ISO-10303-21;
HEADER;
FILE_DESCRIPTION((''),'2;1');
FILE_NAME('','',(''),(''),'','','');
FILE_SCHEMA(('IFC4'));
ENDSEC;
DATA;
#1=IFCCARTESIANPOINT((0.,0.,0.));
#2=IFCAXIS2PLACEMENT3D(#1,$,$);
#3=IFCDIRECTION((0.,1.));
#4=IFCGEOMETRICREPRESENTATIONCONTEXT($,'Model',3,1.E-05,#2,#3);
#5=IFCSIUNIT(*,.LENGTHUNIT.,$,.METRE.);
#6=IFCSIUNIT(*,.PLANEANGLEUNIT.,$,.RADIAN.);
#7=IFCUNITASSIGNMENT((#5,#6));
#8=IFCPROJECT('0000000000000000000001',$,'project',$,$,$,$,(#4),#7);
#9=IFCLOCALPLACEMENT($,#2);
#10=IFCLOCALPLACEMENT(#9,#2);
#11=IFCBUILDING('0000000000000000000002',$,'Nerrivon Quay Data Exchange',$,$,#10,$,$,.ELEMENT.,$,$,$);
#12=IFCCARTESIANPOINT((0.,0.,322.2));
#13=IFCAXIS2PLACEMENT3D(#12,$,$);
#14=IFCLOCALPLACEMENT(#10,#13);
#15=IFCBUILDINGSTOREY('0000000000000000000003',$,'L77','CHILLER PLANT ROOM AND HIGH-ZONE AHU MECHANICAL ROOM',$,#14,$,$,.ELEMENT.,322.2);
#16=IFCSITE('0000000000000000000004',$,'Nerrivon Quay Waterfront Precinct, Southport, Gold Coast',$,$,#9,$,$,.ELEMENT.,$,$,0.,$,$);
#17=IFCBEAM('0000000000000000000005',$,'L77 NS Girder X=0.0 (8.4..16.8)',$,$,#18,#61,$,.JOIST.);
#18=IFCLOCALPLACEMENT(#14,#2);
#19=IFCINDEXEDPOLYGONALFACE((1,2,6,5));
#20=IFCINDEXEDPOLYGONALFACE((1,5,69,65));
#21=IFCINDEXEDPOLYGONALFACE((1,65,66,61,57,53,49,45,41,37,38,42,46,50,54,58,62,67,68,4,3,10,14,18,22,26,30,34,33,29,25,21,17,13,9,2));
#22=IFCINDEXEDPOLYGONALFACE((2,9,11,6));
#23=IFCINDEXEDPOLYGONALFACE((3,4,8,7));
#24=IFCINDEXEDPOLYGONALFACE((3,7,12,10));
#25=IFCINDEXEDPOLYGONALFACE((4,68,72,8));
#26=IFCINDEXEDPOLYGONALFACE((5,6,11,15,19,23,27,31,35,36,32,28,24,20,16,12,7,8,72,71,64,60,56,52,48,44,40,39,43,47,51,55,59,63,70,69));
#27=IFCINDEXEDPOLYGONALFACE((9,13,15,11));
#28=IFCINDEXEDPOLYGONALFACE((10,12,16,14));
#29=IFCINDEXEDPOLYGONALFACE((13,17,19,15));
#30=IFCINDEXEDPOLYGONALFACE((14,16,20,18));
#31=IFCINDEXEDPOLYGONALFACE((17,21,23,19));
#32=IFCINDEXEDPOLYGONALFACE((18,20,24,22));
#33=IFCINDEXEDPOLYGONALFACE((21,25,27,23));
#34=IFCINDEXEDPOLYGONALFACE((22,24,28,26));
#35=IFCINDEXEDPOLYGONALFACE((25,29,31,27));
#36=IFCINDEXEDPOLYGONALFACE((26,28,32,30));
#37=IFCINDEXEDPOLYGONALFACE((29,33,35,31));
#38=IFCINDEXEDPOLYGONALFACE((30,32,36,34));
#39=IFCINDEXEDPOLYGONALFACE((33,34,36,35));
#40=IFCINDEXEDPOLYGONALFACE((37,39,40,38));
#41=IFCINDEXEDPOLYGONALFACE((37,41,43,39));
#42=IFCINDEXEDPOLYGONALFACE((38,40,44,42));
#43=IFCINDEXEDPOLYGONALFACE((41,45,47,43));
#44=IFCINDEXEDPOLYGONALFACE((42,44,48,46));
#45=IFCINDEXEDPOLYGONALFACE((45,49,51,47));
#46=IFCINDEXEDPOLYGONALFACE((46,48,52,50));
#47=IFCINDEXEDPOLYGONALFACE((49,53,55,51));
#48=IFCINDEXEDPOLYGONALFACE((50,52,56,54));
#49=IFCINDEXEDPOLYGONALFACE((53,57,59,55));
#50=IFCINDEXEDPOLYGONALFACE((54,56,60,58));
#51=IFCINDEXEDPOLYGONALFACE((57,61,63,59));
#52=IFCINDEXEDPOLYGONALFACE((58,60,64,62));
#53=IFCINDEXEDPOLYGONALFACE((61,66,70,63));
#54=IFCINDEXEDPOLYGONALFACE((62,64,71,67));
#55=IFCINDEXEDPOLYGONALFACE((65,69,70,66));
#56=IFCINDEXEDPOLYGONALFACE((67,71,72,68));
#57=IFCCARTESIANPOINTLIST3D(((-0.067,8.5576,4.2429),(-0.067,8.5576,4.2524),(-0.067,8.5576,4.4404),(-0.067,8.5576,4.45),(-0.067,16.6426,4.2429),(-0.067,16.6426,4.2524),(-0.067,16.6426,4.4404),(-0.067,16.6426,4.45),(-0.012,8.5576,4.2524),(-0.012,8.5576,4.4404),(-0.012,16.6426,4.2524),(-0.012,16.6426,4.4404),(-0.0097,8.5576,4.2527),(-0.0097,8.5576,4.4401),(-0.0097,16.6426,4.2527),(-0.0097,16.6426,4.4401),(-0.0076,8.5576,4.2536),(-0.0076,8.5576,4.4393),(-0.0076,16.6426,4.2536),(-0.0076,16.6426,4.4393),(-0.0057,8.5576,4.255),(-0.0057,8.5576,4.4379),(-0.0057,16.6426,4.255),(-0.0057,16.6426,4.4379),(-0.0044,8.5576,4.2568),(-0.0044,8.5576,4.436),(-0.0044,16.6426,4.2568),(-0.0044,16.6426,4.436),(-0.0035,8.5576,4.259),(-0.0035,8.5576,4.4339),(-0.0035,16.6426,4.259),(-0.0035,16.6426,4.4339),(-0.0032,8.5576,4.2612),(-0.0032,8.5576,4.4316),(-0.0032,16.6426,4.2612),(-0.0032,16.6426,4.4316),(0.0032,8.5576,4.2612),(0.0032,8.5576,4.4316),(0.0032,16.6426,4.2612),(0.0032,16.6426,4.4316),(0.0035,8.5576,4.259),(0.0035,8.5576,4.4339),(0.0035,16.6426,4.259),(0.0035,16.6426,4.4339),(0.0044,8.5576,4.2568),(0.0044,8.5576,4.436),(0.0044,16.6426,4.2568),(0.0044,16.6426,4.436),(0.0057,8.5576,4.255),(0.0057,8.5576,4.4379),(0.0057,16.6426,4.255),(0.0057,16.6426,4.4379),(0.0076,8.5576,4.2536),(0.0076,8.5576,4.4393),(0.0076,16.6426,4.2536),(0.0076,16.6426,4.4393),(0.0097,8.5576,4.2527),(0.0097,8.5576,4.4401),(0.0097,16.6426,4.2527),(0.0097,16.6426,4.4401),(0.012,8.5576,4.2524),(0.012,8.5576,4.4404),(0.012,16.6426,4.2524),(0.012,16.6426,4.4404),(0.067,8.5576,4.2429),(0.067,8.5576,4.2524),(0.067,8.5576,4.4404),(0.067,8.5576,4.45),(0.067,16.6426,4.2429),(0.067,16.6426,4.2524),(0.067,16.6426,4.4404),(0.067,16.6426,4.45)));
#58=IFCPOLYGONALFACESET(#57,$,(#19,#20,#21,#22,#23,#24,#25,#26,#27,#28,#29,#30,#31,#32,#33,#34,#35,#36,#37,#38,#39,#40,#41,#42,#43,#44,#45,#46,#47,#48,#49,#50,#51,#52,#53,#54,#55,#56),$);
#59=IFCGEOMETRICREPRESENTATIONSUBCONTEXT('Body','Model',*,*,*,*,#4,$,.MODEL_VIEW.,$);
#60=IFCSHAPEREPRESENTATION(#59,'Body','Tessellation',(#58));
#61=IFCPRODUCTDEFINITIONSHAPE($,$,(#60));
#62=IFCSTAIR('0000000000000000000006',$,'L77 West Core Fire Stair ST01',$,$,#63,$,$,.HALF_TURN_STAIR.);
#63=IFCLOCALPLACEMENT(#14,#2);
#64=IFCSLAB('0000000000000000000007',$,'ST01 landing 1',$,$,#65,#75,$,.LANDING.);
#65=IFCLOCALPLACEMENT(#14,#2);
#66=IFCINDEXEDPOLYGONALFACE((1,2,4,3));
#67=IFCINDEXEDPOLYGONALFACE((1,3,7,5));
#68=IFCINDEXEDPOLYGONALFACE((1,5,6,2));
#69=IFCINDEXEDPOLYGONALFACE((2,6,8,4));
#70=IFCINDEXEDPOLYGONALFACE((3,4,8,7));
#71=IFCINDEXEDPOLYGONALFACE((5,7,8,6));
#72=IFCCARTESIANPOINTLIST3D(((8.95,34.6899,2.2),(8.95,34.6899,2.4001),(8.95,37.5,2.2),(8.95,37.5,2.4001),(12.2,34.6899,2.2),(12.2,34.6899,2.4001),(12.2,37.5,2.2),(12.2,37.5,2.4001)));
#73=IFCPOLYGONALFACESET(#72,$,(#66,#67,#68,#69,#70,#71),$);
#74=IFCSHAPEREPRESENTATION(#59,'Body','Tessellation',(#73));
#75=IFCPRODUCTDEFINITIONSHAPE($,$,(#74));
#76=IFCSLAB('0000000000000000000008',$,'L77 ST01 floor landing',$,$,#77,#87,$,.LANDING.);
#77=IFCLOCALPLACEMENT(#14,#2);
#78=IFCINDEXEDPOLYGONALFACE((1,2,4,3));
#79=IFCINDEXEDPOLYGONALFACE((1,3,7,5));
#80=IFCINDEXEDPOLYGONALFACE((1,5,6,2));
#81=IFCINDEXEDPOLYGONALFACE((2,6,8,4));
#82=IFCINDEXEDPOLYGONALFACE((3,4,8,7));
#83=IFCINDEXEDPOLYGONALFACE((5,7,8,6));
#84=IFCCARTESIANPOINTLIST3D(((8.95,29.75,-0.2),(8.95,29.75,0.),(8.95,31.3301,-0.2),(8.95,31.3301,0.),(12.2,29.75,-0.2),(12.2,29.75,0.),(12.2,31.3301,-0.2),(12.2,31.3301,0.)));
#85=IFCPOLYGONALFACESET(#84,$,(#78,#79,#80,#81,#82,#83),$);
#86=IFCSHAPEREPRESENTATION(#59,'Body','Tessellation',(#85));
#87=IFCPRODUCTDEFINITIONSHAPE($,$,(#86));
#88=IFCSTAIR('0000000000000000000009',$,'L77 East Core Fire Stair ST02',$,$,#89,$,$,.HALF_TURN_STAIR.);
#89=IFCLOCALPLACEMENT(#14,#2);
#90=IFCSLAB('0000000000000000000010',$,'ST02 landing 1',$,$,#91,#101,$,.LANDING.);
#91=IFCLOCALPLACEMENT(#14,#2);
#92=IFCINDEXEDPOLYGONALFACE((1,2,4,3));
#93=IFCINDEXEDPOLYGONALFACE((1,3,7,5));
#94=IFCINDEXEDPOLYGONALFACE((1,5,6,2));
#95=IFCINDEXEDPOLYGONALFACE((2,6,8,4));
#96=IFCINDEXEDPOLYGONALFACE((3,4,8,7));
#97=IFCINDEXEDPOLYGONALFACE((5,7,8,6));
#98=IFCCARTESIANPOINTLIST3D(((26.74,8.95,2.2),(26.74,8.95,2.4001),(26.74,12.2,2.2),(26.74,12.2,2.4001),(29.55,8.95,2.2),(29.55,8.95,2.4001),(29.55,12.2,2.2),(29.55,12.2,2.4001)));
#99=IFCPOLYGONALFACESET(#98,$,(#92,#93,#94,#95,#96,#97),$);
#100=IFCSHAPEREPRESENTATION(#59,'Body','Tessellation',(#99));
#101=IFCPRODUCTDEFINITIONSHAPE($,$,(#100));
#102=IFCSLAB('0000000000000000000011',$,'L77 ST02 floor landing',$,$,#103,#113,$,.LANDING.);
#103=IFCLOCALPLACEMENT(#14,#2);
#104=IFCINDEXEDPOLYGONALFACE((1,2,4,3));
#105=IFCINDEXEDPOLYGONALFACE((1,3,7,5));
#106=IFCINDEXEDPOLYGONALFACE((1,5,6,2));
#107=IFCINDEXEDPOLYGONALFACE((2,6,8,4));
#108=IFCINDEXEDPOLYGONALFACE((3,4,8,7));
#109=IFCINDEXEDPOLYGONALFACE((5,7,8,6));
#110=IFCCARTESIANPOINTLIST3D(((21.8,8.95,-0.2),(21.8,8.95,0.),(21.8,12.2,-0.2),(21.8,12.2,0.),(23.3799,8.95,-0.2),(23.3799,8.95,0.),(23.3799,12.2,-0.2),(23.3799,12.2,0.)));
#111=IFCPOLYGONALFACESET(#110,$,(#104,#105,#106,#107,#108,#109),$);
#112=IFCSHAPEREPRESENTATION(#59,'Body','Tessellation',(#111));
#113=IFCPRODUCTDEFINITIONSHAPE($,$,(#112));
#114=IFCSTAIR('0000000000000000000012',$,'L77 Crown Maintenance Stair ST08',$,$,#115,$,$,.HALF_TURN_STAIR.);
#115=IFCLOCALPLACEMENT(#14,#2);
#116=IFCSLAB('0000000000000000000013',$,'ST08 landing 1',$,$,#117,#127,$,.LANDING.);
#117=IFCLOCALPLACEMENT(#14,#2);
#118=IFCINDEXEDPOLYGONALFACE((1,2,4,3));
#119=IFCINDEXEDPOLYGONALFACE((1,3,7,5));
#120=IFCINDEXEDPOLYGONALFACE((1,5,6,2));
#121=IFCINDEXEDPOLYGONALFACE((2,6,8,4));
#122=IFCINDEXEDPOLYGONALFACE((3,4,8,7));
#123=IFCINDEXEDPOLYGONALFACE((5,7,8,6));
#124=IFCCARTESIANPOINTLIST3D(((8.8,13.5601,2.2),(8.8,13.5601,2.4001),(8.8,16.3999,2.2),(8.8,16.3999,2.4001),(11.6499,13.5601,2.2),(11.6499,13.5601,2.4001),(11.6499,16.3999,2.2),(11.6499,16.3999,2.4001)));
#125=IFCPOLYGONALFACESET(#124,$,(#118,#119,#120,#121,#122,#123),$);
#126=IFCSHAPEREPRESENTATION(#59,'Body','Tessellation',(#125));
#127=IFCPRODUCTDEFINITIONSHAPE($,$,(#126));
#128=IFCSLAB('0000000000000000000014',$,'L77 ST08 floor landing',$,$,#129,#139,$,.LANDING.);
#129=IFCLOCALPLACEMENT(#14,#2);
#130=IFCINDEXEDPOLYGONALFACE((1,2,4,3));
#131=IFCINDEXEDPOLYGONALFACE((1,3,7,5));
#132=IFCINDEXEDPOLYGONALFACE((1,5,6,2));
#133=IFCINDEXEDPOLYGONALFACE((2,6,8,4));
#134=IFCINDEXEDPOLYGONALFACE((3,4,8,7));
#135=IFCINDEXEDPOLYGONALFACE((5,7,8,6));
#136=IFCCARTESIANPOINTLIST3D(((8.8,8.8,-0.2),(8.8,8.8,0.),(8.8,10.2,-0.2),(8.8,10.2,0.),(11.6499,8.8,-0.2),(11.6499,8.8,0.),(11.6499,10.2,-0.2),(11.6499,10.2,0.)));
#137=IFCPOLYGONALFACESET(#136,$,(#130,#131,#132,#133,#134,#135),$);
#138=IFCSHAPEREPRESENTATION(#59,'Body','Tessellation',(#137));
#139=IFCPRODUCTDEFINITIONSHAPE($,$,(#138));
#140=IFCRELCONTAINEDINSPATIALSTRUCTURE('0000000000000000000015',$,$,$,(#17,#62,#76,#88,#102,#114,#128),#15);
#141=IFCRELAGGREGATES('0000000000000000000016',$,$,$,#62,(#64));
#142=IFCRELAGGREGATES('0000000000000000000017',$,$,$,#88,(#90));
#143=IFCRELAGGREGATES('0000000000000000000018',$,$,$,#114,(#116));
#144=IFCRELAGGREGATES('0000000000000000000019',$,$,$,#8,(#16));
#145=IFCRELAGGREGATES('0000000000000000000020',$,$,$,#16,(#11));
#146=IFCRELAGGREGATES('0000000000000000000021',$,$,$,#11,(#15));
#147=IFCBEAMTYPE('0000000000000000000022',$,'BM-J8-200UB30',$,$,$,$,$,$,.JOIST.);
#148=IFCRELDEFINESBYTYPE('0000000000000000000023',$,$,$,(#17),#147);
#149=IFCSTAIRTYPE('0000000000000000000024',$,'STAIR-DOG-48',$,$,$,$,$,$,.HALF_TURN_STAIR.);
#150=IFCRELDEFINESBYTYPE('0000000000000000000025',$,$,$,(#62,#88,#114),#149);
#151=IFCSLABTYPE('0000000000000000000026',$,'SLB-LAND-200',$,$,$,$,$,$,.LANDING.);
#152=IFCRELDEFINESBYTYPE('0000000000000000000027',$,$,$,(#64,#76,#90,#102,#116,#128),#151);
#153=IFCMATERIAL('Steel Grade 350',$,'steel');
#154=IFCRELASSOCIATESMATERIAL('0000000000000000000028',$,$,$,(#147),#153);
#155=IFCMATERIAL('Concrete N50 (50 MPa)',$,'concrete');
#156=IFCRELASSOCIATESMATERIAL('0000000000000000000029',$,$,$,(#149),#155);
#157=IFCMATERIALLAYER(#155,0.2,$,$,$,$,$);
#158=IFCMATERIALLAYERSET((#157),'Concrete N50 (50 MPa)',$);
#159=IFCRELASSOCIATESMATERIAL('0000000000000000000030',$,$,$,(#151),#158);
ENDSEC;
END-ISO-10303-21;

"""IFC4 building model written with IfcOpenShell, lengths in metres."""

from ifc_helpers import new_model, si_unit, direction, frame, origin, origin_2d, place, context, subcontext, project, spatial, polyline, i_section, outline, extrude, material, layer, layer_set, material_profile, profile_set, type_object, element, aggregate, save


model = new_model("IFC4")

# Units and contexts
model_context = context("Model", 3, precision=1e-05, world=origin(), true_north=direction((0.0, 1.0)))
body_context = subcontext(model_context, "Body", "Model", "MODEL_VIEW")
ifc_project = project(units=[si_unit("LENGTHUNIT", "METRE"), si_unit("PLANEANGLEUNIT", "RADIAN")], contexts=[model_context])

# Site, building, storey
site_placement = place(None, origin())
site = spatial("IfcSite", under=ifc_project, at=site_placement, Name="Nerrivon Quay Waterfront Precinct, Southport, Gold Coast", CompositionType="ELEMENT", RefElevation=0.0)
building_placement = place(site_placement, origin())
building = spatial("IfcBuilding", under=site, at=building_placement, Name="Nerrivon Quay Data Exchange", CompositionType="ELEMENT")
storey_placement = place(building_placement, frame((0.0, 0.0, 322.2)))
storey = spatial("IfcBuildingStorey", under=building, at=storey_placement, Name="L77", Description="CHILLER PLANT ROOM AND HIGH-ZONE AHU MECHANICAL ROOM", CompositionType="ELEMENT", Elevation=322.2)

# Shared definitions
ifc_material_1 = material(Name="Steel Grade 350", Category="steel")

# Beam
ifc_material_profile_1 = material_profile(ifc_material_1, i_section(OverallWidth=0.134, OverallDepth=0.207, WebThickness=0.0063, FlangeThickness=0.0095, FilletRadius=0.0088, at=origin_2d()), Name="200UB29.8")
ifc_profile_set_1 = profile_set([ifc_material_profile_1], Name="Steel Grade 350")
beam_type_1 = type_object("IfcBeamType", Name="BM-J8-200UB30", PredefinedType="JOIST", material=ifc_profile_set_1)
beam_1_placement = place(storey_placement, frame((0.0, 8.5576, 4.3464), z_axis=(0.0, 1.0, 0.0), x_axis=(-1.0, 0.0, 0.0)))
element("IfcBeam", 1, at=beam_1_placement, inside=storey, type_object=beam_type_1, Name="L77 NS Girder X=0.0 (8.4..16.8)", PredefinedType="JOIST", context=body_context, shape_type="SweptSolid", body=[
    extrude(i_section(OverallWidth=0.134, OverallDepth=0.207, WebThickness=0.0063, FlangeThickness=0.0095, FilletRadius=0.0088, at=origin_2d()), origin(), (0.0, 0.0, 1.0), 8.085),
])

# Stair, slab
ifc_material_2 = material(Name="Concrete N50 (50 MPa)", Category="concrete")
stair_type = type_object("IfcStairType", Name="STAIR-DOG-48", PredefinedType="HALF_TURN_STAIR", material=ifc_material_2)
stair_1_placement = place(storey_placement, origin())
stair_1 = element("IfcStair", 2, at=stair_1_placement, inside=storey, type_object=stair_type, Name="L77 West Core Fire Stair ST01", PredefinedType="HALF_TURN_STAIR")
ifc_layer_1 = layer(ifc_material_2, 0.2)
ifc_layer_set_1 = layer_set([ifc_layer_1], Name="Concrete N50 (50 MPa)")
slab_type_1 = type_object("IfcSlabType", Name="SLB-LAND-200", PredefinedType="LANDING", material=ifc_layer_set_1)
slab_1_placement = place(storey_placement, frame((0.0, 0.0, 2.2)))
slab_1 = element("IfcSlab", 3, at=slab_1_placement, type_object=slab_type_1, Name="ST01 landing 1", PredefinedType="LANDING", context=body_context, shape_type="SweptSolid", body=[
    extrude(outline(polyline([(12.2, 34.6899), (12.2, 37.5), (8.95, 37.5), (8.95, 34.6899), (12.2, 34.6899)])), origin(), (0.0, 0.0, 1.0), 0.2002),
])
aggregate(stair_1, [slab_1])

# Slab
slab_2_placement = place(storey_placement, frame((0.0, 0.0, -0.2)))
element("IfcSlab", 4, at=slab_2_placement, inside=storey, type_object=slab_type_1, Name="L77 ST01 floor landing", PredefinedType="LANDING", context=body_context, shape_type="SweptSolid", body=[
    extrude(outline(polyline([(12.2, 29.75), (12.2, 31.3301), (8.95, 31.3301), (8.95, 29.75), (12.2, 29.75)])), origin(), (0.0, 0.0, 1.0), 0.2),
])

# Stair, slab
stair_2_placement = place(storey_placement, origin())
stair_2 = element("IfcStair", 5, at=stair_2_placement, inside=storey, type_object=stair_type, Name="L77 East Core Fire Stair ST02", PredefinedType="HALF_TURN_STAIR")
slab_3_placement = place(storey_placement, frame((0.0, 0.0, 2.2)))
slab_3 = element("IfcSlab", 6, at=slab_3_placement, type_object=slab_type_1, Name="ST02 landing 1", PredefinedType="LANDING", context=body_context, shape_type="SweptSolid", body=[
    extrude(outline(polyline([(26.74, 8.95), (29.55, 8.95), (29.55, 12.2), (26.74, 12.2), (26.74, 8.95)])), origin(), (0.0, 0.0, 1.0), 0.2002),
])
aggregate(stair_2, [slab_3])

# Slab
slab_4_placement = place(storey_placement, frame((0.0, 0.0, -0.2)))
element("IfcSlab", 7, at=slab_4_placement, inside=storey, type_object=slab_type_1, Name="L77 ST02 floor landing", PredefinedType="LANDING", context=body_context, shape_type="SweptSolid", body=[
    extrude(outline(polyline([(21.8, 8.95), (23.3799, 8.95), (23.3799, 12.2), (21.8, 12.2), (21.8, 8.95)])), origin(), (0.0, 0.0, 1.0), 0.2),
])

# Stair, slab
stair_3_placement = place(storey_placement, origin())
stair_3 = element("IfcStair", 8, at=stair_3_placement, inside=storey, type_object=stair_type, Name="L77 Crown Maintenance Stair ST08", PredefinedType="HALF_TURN_STAIR")
slab_5_placement = place(storey_placement, frame((0.0, 0.0, 2.2)))
slab_5 = element("IfcSlab", 9, at=slab_5_placement, type_object=slab_type_1, Name="ST08 landing 1", PredefinedType="LANDING", context=body_context, shape_type="SweptSolid", body=[
    extrude(outline(polyline([(11.6499, 13.5601), (11.6499, 16.3999), (8.8, 16.3999), (8.8, 13.5601), (11.6499, 13.5601)])), origin(), (0.0, 0.0, 1.0), 0.2002),
])
aggregate(stair_3, [slab_5])

# Slab
slab_6_placement = place(storey_placement, frame((0.0, 0.0, -0.2)))
element("IfcSlab", 10, at=slab_6_placement, inside=storey, type_object=slab_type_1, Name="L77 ST08 floor landing", PredefinedType="LANDING", context=body_context, shape_type="SweptSolid", body=[
    extrude(outline(polyline([(11.6499, 8.8), (11.6499, 10.2), (8.8, 10.2), (8.8, 8.8), (11.6499, 8.8)])), origin(), (0.0, 0.0, 1.0), 0.2),
])

save(model, "model.ifc")
